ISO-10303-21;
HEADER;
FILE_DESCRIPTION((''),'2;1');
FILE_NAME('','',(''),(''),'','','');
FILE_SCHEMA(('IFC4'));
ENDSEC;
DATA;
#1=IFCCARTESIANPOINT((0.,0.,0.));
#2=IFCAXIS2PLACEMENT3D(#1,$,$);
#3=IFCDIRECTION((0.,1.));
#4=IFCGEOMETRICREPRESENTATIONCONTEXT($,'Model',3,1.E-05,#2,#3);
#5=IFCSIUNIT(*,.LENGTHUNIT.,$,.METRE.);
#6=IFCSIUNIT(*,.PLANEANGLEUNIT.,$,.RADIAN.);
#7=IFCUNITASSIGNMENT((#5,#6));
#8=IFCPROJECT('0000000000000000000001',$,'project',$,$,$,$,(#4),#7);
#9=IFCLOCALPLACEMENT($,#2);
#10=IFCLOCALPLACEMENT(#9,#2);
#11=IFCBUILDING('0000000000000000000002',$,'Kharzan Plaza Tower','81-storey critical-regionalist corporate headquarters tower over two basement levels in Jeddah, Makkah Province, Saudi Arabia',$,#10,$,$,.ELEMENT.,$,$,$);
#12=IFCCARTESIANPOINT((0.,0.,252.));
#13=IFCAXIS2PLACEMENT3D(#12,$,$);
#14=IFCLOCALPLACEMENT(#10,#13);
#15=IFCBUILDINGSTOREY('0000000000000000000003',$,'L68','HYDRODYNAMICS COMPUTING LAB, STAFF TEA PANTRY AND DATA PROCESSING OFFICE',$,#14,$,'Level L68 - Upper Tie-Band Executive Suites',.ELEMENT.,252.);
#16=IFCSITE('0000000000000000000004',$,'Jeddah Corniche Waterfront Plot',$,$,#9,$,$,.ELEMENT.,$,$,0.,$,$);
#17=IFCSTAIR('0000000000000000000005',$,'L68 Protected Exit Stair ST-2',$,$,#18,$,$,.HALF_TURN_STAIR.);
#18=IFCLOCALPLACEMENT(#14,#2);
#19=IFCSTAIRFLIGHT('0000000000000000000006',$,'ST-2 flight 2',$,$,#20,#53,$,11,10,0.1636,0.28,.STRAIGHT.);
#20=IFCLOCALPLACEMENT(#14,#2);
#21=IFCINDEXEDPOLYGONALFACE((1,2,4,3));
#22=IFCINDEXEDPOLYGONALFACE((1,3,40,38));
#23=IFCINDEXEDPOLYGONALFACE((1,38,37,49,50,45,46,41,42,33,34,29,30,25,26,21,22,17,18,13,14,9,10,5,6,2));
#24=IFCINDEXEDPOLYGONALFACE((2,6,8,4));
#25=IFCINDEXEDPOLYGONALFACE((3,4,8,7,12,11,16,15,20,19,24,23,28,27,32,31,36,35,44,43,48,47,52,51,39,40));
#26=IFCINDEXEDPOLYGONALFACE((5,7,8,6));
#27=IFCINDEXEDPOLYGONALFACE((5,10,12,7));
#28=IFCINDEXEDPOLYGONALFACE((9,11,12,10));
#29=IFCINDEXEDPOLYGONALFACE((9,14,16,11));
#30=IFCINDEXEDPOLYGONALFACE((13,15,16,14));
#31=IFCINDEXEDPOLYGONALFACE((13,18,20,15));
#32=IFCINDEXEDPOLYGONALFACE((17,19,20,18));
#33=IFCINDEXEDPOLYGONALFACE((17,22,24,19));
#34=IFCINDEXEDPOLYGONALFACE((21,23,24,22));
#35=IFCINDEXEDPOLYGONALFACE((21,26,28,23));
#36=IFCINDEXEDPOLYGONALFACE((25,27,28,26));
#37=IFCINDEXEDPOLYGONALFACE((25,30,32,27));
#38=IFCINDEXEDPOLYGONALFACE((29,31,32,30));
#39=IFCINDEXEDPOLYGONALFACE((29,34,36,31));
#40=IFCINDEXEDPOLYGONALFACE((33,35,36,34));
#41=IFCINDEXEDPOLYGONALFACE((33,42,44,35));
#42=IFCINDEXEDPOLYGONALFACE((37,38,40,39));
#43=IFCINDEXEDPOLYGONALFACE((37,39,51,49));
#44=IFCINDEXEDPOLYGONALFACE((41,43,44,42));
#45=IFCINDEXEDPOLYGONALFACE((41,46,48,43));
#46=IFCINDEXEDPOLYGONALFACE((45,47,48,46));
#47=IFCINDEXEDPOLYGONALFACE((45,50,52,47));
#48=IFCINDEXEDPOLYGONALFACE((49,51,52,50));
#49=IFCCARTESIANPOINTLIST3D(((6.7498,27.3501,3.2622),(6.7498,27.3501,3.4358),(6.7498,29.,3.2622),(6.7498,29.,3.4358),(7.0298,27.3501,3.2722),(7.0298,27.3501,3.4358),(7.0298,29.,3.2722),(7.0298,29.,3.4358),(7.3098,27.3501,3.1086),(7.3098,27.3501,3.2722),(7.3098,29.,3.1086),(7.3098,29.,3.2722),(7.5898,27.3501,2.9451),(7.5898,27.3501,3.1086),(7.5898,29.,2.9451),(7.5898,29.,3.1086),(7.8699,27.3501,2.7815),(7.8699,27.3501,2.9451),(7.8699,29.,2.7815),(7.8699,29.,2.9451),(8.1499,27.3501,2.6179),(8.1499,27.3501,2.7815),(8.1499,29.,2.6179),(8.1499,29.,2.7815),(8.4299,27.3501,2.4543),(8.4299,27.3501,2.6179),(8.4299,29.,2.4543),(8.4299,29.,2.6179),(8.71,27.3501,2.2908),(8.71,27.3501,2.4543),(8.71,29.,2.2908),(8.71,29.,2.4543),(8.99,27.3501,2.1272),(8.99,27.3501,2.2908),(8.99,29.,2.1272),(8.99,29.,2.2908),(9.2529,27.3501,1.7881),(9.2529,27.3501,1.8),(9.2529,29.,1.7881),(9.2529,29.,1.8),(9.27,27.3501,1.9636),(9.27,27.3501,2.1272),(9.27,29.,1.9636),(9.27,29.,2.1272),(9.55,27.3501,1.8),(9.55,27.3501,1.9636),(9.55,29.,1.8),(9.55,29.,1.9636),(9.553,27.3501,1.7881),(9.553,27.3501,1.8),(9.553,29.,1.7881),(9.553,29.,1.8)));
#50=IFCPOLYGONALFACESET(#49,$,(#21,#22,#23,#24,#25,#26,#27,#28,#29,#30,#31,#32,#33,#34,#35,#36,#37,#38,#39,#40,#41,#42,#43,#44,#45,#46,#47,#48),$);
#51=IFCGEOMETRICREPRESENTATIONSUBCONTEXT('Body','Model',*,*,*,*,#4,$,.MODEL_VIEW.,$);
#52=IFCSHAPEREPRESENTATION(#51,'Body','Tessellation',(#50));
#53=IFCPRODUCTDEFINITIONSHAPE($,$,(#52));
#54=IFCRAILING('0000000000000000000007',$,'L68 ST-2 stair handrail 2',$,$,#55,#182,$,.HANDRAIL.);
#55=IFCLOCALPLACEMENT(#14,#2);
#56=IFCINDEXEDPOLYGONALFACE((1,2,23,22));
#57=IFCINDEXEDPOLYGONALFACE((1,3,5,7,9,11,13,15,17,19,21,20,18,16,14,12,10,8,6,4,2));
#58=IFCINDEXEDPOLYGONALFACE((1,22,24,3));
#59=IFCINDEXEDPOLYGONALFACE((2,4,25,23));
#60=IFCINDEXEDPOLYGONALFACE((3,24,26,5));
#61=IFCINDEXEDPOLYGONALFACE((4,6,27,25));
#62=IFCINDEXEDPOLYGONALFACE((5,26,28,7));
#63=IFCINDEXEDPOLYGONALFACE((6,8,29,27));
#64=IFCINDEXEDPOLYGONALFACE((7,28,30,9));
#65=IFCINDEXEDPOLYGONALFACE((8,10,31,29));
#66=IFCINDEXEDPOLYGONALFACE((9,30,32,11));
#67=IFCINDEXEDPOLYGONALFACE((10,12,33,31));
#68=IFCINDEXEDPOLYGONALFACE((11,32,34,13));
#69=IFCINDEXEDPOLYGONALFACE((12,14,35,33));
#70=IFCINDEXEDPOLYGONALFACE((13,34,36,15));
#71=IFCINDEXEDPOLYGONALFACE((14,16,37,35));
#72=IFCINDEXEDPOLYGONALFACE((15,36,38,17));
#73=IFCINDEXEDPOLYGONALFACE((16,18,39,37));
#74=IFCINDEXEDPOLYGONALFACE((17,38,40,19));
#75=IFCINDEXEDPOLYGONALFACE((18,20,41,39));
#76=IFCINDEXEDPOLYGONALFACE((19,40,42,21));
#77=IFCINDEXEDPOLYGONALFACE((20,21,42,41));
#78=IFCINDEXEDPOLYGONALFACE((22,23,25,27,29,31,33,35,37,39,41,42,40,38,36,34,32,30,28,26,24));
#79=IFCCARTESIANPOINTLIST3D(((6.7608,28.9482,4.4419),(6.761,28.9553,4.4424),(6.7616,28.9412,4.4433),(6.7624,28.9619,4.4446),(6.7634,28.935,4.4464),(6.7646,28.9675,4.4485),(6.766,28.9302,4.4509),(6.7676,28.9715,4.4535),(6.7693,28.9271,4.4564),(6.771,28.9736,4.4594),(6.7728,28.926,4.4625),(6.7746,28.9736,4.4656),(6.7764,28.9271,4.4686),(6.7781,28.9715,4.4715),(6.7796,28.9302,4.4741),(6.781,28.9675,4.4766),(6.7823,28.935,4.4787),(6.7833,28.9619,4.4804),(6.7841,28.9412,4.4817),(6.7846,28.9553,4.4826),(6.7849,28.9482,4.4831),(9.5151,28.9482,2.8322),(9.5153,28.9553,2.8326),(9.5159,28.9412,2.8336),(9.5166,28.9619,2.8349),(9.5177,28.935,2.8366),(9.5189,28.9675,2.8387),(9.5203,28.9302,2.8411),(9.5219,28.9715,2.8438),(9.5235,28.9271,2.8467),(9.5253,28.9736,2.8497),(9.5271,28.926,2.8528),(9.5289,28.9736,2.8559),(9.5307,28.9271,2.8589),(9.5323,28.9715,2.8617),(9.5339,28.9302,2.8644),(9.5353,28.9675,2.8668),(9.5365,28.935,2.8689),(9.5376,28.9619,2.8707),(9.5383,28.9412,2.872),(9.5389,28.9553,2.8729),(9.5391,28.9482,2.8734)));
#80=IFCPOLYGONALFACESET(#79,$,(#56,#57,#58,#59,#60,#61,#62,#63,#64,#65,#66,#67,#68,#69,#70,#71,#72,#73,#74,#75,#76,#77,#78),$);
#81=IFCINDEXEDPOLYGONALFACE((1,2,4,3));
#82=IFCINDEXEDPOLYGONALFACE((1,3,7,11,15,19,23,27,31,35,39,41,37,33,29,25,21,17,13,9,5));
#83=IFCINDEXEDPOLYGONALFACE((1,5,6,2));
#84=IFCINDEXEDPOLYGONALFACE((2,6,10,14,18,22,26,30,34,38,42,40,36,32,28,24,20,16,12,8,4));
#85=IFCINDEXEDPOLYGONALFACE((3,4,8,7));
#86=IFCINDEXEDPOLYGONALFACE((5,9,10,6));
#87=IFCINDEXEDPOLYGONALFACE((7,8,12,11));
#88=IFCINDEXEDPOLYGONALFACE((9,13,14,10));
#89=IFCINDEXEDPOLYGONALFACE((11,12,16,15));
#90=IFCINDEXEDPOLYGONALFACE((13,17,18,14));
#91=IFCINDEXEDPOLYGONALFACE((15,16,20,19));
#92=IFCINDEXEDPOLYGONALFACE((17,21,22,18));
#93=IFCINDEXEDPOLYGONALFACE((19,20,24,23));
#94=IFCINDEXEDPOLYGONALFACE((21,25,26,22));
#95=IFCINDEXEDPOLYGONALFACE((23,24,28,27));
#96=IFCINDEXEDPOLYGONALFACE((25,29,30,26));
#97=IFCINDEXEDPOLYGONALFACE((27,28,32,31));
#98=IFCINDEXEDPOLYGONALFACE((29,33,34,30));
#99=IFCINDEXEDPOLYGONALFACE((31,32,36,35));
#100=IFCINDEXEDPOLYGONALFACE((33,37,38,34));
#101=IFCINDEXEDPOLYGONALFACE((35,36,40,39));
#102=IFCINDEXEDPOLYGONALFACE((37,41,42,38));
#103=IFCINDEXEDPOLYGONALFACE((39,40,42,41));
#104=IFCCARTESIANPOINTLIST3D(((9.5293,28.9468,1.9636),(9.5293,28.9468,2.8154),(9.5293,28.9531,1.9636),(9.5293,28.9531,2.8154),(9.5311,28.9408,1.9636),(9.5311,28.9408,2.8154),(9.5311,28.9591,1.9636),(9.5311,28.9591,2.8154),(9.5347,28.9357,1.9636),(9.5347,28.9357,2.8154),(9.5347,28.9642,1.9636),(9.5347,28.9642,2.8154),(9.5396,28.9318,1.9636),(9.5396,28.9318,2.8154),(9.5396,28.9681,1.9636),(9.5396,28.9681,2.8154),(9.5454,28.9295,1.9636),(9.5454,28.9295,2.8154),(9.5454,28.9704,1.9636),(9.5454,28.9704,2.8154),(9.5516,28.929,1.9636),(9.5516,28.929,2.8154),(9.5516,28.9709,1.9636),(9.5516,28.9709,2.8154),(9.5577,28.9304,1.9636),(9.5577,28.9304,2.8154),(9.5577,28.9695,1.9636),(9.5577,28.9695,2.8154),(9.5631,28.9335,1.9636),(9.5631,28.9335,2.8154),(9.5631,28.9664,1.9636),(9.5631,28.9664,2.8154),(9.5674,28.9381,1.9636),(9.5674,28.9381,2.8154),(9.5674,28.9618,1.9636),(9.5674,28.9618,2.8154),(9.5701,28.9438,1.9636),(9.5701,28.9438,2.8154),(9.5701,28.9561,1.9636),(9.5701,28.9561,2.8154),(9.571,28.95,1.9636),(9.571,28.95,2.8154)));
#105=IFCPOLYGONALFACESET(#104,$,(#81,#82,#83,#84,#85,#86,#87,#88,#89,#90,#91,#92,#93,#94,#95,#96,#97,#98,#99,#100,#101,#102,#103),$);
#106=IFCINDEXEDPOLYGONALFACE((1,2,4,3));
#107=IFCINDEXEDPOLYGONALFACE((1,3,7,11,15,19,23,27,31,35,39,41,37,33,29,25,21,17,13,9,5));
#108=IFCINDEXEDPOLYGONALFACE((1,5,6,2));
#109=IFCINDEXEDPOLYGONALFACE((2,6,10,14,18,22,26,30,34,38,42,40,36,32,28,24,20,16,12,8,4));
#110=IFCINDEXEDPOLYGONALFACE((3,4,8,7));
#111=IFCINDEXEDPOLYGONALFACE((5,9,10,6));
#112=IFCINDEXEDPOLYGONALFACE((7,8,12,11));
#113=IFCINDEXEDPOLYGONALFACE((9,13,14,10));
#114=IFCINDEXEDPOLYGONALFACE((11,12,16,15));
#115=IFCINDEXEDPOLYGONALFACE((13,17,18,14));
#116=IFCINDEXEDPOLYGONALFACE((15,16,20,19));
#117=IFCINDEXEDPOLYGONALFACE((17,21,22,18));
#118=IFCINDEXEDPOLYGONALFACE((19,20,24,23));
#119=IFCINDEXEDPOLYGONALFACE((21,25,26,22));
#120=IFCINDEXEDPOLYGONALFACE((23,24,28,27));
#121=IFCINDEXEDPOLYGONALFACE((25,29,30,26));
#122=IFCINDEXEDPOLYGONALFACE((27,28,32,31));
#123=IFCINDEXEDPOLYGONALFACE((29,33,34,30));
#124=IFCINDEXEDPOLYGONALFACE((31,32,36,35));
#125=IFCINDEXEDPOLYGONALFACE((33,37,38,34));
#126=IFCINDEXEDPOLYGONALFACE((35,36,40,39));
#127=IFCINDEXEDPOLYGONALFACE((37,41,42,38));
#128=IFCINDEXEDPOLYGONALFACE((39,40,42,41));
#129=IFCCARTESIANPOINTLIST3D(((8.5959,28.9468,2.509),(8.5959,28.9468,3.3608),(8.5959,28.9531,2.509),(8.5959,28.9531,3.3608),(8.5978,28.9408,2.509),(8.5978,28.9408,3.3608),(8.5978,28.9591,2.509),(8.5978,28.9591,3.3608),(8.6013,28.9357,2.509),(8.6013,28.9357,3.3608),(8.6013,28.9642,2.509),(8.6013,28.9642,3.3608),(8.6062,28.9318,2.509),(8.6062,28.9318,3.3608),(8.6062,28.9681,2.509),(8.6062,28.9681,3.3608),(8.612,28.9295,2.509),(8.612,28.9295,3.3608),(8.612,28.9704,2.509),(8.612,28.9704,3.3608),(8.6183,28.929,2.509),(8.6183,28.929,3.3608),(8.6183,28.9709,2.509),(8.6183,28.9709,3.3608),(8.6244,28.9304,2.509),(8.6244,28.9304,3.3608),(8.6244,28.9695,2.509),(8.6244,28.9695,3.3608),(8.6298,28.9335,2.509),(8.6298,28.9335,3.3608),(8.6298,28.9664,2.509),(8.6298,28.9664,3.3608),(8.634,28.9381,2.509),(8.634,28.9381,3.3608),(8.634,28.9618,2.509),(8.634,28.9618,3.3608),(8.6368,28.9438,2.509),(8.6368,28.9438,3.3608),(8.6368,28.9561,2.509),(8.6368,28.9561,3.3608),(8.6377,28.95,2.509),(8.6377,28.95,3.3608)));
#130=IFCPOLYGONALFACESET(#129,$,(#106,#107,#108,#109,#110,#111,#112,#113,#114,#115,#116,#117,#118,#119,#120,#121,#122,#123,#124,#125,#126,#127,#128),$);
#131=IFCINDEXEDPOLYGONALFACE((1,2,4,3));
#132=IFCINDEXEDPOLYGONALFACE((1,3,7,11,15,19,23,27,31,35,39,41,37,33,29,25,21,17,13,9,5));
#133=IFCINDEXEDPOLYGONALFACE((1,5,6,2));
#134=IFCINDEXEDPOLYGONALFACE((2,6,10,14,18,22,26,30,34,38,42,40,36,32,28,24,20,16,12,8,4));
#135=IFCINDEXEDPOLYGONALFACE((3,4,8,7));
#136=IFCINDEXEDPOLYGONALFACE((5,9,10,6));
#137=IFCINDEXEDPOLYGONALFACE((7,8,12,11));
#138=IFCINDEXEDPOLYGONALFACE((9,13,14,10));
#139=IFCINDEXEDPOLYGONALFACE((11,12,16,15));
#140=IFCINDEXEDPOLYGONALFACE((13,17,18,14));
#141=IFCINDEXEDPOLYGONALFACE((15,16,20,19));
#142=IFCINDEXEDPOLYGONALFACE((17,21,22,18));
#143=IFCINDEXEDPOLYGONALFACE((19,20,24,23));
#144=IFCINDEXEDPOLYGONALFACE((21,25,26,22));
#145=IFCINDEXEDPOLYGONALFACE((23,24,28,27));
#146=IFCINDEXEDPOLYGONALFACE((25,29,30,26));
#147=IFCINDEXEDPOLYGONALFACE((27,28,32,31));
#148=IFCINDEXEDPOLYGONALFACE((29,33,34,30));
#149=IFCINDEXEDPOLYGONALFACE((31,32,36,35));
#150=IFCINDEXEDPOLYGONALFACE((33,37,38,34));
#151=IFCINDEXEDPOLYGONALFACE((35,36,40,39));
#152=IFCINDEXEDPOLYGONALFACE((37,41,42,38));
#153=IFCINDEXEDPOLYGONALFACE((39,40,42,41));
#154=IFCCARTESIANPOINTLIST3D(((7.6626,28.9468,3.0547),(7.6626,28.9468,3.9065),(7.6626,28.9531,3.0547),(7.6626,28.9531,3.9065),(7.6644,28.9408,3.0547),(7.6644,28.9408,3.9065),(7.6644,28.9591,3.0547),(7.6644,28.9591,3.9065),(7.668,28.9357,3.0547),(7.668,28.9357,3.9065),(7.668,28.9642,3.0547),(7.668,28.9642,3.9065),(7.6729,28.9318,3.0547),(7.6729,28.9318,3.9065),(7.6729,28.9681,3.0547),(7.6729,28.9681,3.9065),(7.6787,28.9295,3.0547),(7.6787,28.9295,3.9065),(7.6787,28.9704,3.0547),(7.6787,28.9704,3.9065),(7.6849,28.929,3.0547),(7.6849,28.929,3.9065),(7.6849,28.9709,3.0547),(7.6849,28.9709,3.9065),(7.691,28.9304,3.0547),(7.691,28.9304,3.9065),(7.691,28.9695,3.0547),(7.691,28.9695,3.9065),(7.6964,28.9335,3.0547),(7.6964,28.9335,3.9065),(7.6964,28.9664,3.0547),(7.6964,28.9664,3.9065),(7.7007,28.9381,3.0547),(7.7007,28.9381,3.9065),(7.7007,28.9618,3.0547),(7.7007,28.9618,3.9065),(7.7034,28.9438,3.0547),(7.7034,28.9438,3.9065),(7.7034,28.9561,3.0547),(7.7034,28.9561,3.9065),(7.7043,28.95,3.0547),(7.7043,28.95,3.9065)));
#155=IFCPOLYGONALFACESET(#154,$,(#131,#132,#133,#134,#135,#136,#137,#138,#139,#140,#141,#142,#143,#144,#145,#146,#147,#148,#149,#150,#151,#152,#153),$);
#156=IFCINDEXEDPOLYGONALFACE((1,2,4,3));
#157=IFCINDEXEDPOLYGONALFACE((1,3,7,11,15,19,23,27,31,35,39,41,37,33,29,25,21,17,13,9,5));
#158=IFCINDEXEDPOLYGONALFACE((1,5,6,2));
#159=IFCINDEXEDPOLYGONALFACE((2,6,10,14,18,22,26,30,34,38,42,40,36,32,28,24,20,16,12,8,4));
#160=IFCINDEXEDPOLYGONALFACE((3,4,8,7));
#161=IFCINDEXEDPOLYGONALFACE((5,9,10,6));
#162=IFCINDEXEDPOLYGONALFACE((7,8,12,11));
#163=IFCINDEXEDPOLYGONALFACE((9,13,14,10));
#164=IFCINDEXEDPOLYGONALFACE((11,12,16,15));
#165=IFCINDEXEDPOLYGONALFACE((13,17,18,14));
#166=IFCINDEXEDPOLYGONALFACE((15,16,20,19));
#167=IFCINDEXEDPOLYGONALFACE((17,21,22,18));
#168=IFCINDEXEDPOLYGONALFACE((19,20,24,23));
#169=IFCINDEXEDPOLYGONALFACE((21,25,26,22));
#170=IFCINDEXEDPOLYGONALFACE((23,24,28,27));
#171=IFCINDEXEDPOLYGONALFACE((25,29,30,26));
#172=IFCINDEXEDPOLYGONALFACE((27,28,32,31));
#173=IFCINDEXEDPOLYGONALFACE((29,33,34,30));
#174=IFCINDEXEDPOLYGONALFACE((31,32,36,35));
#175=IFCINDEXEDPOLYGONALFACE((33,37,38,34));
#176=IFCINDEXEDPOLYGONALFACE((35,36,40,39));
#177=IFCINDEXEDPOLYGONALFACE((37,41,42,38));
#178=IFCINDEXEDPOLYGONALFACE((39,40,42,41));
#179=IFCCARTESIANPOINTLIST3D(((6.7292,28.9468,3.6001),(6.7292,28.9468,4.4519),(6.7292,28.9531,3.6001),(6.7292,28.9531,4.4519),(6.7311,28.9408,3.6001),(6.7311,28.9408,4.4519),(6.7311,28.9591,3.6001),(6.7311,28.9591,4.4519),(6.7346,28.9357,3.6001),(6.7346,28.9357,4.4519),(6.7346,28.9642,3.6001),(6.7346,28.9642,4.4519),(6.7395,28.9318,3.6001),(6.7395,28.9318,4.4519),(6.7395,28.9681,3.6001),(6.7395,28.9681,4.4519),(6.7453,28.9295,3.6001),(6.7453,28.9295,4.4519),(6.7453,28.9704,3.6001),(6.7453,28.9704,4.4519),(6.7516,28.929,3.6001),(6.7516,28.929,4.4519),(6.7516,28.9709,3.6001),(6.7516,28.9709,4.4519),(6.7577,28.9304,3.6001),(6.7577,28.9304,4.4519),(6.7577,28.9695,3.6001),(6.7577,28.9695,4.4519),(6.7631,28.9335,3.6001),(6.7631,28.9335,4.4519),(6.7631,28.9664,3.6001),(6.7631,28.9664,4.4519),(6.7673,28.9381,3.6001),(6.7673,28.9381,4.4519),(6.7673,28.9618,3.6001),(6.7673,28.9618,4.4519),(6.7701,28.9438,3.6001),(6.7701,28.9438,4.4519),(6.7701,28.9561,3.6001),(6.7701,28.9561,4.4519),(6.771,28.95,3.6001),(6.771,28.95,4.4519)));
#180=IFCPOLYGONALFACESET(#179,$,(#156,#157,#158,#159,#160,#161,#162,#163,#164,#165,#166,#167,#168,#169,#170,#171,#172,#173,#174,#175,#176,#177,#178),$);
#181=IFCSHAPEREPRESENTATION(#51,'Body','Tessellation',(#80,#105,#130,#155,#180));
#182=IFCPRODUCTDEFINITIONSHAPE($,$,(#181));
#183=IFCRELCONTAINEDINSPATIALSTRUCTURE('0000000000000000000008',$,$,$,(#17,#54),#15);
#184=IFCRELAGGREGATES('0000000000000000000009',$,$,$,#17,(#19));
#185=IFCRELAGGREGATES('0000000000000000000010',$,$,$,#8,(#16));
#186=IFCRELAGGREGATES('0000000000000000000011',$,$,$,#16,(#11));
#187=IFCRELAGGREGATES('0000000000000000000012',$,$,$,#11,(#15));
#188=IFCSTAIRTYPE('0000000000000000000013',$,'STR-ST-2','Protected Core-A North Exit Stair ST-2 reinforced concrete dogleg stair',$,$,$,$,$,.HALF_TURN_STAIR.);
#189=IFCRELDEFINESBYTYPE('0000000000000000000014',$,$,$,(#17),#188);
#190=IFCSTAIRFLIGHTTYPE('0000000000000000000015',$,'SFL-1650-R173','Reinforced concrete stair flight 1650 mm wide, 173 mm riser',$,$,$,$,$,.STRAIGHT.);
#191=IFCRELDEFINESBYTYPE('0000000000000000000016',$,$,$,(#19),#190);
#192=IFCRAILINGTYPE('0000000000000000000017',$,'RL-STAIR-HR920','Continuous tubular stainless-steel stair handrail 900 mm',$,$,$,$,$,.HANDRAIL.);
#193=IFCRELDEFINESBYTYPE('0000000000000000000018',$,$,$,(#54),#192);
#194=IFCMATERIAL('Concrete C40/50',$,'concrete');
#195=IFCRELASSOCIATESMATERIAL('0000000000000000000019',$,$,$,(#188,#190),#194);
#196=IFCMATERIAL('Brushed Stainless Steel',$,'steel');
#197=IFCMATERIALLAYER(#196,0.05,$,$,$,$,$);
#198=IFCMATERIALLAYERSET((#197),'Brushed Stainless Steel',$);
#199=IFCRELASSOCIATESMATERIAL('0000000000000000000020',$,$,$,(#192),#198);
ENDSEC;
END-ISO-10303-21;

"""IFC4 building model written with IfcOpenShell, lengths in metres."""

from ifc_helpers import new_model, si_unit, direction, frame, origin, origin_2d, place, context, subcontext, project, spatial, polyline, circle, outline, extrude, source, transform, mapped, material, layer, layer_set, type_object, element, aggregate, save


model = new_model("IFC4")

# Units and contexts
model_context = context("Model", 3, precision=1e-05, world=origin(), true_north=direction((0.0, 1.0)))
body_context = subcontext(model_context, "Body", "Model", "MODEL_VIEW")
ifc_project = project(units=[si_unit("LENGTHUNIT", "METRE"), si_unit("PLANEANGLEUNIT", "RADIAN")], contexts=[model_context])

# Site, building, storey
site_placement = place(None, origin())
site = spatial("IfcSite", under=ifc_project, at=site_placement, Name="Jeddah Corniche Waterfront Plot", CompositionType="ELEMENT", RefElevation=0.0)
building_placement = place(site_placement, origin())
building = spatial("IfcBuilding", under=site, at=building_placement, Name="Kharzan Plaza Tower", Description="81-storey critical-regionalist corporate headquarters tower over two basement levels in Jeddah, Makkah Province, Saudi Arabia", CompositionType="ELEMENT")
storey_placement = place(building_placement, frame((0.0, 0.0, 252.0)))
storey = spatial("IfcBuildingStorey", under=building, at=storey_placement, Name="L68", Description="HYDRODYNAMICS COMPUTING LAB, STAFF TEA PANTRY AND DATA PROCESSING OFFICE", LongName="Level L68 - Upper Tie-Band Executive Suites", CompositionType="ELEMENT", Elevation=252.0)

# Shared definitions
ifc_material_1 = material(Name="Concrete C40/50", Category="concrete")

# Stair, stair flight
stair_type = type_object("IfcStairType", Name="STR-ST-2", Description="Protected Core-A North Exit Stair ST-2 reinforced concrete dogleg stair", PredefinedType="HALF_TURN_STAIR", material=ifc_material_1)
stair_placement = place(storey_placement, origin())
stair = element("IfcStair", 1, at=stair_placement, inside=storey, type_object=stair_type, Name="L68 Protected Exit Stair ST-2", PredefinedType="HALF_TURN_STAIR")
stair_flight_type = type_object("IfcStairFlightType", Name="SFL-1650-R173", Description="Reinforced concrete stair flight 1650 mm wide, 173 mm riser", PredefinedType="STRAIGHT", material=ifc_material_1)
shared_shape_1 = source(origin(), body_context, "Body", "SweptSolid", [
    extrude(outline(polyline([(-0.0029, -0.012), (-0.0029, 0.0), (0.0, 0.0), (0.0, 0.1636), (0.28, 0.1636), (0.28, 0.3271), (0.5601, 0.3271), (0.5601, 0.4907), (0.8401, 0.4907), (0.8401, 0.6543), (1.1201, 0.6543), (1.1201, 0.8179), (1.4001, 0.8179), (1.4001, 0.9814), (1.6802, 0.9814), (1.6802, 1.145), (1.9602, 1.145), (1.9602, 1.3086), (2.2402, 1.3086), (2.2402, 1.4722), (2.5203, 1.4722), (2.5203, 1.6357), (2.8003, 1.6357), (2.8003, 1.7993), (2.8003, 1.4622), (0.2971, 0.0), (0.2971, -0.012), (-0.0029, -0.012)])), frame((0.0, 0.825, 0.0), z_axis=(0.0, -1.0, 0.0), x_axis=(1.0, 0.0, 0.0)), (0.0, 0.0, 1.0), 1.6499),
])
stair_flight_placement = place(storey_placement, frame((9.55, 28.175, 1.8), z_axis=(0.0, 0.0, 1.0), x_axis=(-1.0, 0.0, 0.0)))
stair_flight = element("IfcStairFlight", 2, at=stair_flight_placement, type_object=stair_flight_type, Name="ST-2 flight 2", NumberOfRisers=11, NumberOfTreads=10, PredefinedType="STRAIGHT", RiserHeight=0.1636, TreadLength=0.28, context=body_context, shape_type="MappedRepresentation", body=[
    mapped(shared_shape_1, transform((0.0, 0.0, 0.0), x_axis=(1.0, 0.0, 0.0), y_axis=(0.0, 1.0, 0.0), z_axis=(0.0, 0.0, 1.0))),
])
aggregate(stair, [stair_flight])

# Railing
ifc_material_2 = material(Name="Brushed Stainless Steel", Category="steel")
ifc_layer_1 = layer(ifc_material_2, 0.05)
ifc_layer_set_1 = layer_set([ifc_layer_1], Name="Brushed Stainless Steel")
railing_type = type_object("IfcRailingType", Name="RL-STAIR-HR920", Description="Continuous tubular stainless-steel stair handrail 900 mm", PredefinedType="HANDRAIL", material=ifc_layer_set_1)
shared_shape_2 = source(origin(), body_context, "Body", "SweptSolid", [
    extrude(circle(Radius=0.0239, at=origin_2d()), frame((-0.0229, 0.0, 0.8892), z_axis=(-0.863361, 0.0, 0.504587), x_axis=(0.0, -1.0, 0.0)), (0.0, 0.0, 1.0), 3.1902),
    extrude(circle(Radius=0.021, at=origin_2d()), origin(), (0.0, 0.0, 1.0), 0.8518),
    extrude(circle(Radius=0.021, at=origin_2d()), frame((-0.9333, 0.0, 0.5454)), (0.0, 0.0, 1.0), 0.8518),
    extrude(circle(Radius=0.021, at=origin_2d()), frame((-1.8667, 0.0, 1.0911)), (0.0, 0.0, 1.0), 0.8518),
    extrude(circle(Radius=0.021, at=origin_2d()), frame((-2.8, 0.0, 1.6365)), (0.0, 0.0, 1.0), 0.8518),
])
railing_placement = place(storey_placement, frame((9.55, 28.95, 1.9636)))
element("IfcRailing", 3, at=railing_placement, inside=storey, type_object=railing_type, Name="L68 ST-2 stair handrail 2", PredefinedType="HANDRAIL", context=body_context, shape_type="MappedRepresentation", body=[
    mapped(shared_shape_2, transform((0.0, 0.0, 0.0), x_axis=(1.0, 0.0, 0.0), y_axis=(0.0, 1.0, 0.0), z_axis=(0.0, 0.0, 1.0))),
])

save(model, "model.ifc")
